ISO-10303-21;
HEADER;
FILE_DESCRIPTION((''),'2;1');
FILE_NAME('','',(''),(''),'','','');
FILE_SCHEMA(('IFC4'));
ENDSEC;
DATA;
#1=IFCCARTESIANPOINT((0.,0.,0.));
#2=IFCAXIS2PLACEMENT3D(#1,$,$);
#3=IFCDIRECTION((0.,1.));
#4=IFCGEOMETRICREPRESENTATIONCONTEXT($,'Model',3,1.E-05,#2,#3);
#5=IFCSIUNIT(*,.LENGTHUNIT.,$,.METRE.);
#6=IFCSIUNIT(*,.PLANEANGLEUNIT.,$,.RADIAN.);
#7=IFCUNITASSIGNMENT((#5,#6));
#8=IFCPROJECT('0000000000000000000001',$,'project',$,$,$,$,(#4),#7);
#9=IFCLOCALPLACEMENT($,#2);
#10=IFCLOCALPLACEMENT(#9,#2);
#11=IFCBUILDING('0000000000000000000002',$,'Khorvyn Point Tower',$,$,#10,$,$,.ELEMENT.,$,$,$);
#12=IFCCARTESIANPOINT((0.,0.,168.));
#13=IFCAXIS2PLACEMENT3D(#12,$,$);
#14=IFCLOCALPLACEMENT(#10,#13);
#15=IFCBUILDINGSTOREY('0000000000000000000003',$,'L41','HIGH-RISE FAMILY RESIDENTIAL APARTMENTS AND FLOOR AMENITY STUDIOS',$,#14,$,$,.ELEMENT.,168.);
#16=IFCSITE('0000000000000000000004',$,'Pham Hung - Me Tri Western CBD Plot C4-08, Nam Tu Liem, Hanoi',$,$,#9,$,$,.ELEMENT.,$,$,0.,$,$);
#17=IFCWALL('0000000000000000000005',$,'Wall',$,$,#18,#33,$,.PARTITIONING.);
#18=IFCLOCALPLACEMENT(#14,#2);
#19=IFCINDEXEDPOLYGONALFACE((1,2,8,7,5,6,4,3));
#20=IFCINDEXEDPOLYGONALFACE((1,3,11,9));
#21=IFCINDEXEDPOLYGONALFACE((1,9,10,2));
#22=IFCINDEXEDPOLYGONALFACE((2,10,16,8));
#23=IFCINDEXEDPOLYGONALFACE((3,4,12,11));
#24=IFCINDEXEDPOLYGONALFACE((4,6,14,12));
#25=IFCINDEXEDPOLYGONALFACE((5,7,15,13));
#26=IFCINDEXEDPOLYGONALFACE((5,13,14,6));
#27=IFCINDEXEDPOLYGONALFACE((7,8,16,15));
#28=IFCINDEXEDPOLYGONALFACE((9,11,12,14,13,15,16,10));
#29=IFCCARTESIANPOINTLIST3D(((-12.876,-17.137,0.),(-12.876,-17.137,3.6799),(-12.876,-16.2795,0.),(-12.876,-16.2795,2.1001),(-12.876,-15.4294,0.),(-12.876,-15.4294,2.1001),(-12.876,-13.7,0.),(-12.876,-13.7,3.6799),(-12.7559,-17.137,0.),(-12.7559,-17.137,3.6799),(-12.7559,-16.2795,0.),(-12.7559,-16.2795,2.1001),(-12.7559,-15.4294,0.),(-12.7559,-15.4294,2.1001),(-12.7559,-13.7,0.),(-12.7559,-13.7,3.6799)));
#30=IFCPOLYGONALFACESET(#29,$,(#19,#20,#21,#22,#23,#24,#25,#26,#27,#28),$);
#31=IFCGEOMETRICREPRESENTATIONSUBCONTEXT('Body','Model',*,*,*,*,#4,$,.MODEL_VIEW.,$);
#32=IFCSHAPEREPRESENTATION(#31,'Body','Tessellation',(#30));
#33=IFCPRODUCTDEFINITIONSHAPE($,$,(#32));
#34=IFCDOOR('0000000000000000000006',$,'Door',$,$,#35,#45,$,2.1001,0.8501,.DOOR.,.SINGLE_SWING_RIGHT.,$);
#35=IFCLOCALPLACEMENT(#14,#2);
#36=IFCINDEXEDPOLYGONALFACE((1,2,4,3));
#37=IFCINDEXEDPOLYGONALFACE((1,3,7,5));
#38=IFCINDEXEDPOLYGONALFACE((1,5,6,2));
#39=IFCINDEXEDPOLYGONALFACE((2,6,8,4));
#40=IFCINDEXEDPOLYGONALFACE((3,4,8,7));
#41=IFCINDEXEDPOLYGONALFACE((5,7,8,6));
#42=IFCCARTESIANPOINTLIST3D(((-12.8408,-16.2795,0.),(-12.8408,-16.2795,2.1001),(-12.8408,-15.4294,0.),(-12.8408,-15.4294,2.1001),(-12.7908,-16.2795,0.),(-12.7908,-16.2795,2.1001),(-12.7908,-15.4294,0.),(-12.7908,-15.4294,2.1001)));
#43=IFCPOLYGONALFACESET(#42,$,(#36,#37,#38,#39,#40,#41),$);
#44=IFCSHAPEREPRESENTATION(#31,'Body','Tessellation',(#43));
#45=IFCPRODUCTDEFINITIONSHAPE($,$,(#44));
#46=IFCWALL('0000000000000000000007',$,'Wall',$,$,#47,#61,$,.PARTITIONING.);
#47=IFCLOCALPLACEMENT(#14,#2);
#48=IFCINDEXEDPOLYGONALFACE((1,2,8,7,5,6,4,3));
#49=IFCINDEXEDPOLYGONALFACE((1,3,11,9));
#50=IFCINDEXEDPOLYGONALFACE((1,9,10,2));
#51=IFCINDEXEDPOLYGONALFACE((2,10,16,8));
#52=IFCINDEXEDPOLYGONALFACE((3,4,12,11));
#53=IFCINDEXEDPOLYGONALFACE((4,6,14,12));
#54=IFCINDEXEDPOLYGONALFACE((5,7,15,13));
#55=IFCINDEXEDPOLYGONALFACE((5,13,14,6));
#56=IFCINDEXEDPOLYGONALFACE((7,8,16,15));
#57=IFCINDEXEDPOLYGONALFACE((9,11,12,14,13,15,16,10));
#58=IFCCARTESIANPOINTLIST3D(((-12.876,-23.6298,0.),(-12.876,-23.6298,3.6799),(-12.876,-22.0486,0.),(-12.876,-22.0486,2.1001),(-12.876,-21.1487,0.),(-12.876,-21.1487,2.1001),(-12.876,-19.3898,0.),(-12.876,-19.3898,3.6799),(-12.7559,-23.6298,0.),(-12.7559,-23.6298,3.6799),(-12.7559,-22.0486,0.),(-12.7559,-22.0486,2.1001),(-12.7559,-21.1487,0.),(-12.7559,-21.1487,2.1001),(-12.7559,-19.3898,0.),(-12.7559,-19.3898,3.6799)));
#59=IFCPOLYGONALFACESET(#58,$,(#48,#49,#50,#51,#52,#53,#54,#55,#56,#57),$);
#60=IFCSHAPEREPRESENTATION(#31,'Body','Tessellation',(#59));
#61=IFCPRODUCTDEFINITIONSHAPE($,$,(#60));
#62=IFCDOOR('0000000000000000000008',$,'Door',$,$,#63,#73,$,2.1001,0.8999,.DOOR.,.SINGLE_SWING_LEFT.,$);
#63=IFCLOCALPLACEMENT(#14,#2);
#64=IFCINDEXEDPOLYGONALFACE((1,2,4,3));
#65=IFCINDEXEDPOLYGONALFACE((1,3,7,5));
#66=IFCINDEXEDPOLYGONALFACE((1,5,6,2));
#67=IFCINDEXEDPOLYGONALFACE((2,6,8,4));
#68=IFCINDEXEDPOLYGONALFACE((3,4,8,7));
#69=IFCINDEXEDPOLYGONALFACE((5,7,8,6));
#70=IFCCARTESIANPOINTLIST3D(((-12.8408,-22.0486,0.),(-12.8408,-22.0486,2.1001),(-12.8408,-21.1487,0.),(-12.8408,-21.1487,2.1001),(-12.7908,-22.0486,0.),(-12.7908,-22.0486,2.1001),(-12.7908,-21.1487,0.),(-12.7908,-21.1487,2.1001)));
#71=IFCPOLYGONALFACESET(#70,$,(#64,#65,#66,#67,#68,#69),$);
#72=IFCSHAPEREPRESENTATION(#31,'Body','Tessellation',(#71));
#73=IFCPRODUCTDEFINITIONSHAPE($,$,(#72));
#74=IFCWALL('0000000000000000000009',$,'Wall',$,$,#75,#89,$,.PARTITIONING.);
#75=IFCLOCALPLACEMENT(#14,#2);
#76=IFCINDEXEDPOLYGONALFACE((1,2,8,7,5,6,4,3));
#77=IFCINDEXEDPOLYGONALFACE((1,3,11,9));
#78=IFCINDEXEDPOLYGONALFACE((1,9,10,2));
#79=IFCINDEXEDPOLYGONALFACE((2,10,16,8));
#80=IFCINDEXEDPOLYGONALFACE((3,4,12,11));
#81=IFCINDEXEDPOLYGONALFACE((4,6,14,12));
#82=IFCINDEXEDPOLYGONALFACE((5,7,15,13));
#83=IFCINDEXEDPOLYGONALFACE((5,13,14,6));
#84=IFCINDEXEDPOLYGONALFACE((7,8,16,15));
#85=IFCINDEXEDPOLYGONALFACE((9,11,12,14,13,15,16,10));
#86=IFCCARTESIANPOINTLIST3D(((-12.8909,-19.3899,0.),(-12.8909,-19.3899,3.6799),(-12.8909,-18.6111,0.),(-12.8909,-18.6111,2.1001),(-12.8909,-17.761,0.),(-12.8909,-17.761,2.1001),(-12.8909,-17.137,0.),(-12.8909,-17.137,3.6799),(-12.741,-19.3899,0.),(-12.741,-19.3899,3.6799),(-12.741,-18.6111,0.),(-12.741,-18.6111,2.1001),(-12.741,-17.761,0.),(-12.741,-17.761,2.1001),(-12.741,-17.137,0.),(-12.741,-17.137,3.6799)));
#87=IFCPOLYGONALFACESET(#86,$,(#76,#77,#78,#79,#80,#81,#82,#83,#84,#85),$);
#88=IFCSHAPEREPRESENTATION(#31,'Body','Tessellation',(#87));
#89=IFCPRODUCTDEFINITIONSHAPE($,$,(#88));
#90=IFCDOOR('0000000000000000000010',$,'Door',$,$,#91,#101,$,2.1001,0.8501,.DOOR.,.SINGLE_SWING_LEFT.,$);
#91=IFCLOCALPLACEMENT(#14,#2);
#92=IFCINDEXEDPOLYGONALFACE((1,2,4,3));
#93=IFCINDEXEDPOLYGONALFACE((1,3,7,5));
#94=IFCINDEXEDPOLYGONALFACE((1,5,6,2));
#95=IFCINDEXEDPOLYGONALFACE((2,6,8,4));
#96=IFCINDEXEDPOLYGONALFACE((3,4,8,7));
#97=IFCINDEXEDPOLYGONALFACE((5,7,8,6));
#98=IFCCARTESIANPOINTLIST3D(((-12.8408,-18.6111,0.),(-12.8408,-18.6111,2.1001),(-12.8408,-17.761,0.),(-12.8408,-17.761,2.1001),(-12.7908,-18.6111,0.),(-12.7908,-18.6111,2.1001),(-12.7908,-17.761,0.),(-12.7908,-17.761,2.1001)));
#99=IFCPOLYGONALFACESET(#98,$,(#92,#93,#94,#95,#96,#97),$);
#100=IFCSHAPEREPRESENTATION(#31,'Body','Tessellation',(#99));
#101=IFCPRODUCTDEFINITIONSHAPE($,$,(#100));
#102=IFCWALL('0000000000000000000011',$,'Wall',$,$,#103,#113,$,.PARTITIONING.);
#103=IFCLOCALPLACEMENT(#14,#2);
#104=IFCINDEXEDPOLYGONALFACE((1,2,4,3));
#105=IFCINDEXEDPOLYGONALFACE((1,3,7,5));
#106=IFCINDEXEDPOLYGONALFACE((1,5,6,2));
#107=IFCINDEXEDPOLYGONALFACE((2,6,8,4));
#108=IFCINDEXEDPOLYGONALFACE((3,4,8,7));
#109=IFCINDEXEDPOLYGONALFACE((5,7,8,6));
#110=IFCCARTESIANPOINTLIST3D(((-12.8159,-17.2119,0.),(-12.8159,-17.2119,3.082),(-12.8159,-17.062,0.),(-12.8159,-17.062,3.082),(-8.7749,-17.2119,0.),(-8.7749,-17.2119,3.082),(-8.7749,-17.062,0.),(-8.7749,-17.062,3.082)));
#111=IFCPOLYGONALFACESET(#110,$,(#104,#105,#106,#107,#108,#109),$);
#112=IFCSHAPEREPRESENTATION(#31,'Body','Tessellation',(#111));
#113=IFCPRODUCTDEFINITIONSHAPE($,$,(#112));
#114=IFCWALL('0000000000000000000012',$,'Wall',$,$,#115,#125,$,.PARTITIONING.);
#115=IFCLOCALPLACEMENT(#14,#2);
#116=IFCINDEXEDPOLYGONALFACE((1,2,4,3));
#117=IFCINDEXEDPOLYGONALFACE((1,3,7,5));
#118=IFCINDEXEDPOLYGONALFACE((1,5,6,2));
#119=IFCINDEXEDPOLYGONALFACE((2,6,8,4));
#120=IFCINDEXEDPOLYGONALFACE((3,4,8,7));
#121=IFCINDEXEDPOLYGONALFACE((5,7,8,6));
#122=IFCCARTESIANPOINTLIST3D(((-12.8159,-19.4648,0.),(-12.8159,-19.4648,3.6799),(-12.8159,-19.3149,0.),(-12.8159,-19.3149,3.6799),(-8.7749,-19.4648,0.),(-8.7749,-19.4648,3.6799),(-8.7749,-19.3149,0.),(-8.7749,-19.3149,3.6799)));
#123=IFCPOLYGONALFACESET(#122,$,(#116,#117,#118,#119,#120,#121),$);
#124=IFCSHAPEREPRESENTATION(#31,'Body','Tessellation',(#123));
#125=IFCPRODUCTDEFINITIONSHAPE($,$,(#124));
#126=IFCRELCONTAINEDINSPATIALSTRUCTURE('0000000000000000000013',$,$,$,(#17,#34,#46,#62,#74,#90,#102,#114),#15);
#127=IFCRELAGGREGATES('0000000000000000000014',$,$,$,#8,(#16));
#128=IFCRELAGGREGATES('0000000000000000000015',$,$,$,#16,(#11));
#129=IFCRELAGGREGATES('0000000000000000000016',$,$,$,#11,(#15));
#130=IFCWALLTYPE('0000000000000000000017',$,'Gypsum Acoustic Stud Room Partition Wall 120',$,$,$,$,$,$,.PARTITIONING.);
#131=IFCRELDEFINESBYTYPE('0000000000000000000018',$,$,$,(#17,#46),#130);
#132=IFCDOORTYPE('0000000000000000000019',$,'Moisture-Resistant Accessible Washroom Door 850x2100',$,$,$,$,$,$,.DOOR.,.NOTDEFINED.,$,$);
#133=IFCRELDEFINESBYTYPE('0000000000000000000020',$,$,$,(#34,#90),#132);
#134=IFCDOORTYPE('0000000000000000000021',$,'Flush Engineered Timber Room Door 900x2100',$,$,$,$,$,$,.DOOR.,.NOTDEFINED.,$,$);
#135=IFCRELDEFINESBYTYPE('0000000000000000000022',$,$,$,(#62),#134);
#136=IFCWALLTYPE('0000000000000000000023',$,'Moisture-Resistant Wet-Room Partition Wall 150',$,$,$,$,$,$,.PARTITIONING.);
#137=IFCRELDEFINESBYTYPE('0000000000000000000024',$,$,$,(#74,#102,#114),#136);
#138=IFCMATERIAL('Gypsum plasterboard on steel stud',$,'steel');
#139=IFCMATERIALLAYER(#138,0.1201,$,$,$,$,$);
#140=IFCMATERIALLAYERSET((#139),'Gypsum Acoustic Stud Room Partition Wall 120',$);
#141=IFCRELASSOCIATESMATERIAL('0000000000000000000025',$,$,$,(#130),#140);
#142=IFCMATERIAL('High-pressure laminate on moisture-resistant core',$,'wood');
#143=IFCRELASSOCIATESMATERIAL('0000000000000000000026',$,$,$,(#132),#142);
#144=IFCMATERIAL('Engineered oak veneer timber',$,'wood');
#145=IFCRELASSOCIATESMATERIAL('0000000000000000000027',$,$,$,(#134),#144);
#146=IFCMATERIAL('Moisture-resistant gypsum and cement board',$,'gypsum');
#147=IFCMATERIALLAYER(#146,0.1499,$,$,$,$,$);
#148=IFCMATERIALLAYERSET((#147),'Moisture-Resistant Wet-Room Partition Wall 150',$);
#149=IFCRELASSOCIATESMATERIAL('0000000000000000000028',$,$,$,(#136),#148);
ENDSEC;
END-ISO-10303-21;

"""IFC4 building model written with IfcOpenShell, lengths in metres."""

from ifc_helpers import new_model, si_unit, direction, frame, frame_2d, origin, place, context, subcontext, project, spatial, rectangle, extrude, material, layer, layer_set, type_object, element, fill, save


model = new_model("IFC4")

# Units and contexts
model_context = context("Model", 3, precision=1e-05, world=origin(), true_north=direction((0.0, 1.0)))
body_context = subcontext(model_context, "Body", "Model", "MODEL_VIEW")
ifc_project = project(units=[si_unit("LENGTHUNIT", "METRE"), si_unit("PLANEANGLEUNIT", "RADIAN")], contexts=[model_context])

# Site, building, storey
site_placement = place(None, origin())
site = spatial("IfcSite", under=ifc_project, at=site_placement, Name="Pham Hung - Me Tri Western CBD Plot C4-08, Nam Tu Liem, Hanoi", CompositionType="ELEMENT", RefElevation=0.0)
building_placement = place(site_placement, origin())
building = spatial("IfcBuilding", under=site, at=building_placement, Name="Khorvyn Point Tower", CompositionType="ELEMENT")
storey_placement = place(building_placement, frame((0.0, 0.0, 168.0)))
storey = spatial("IfcBuildingStorey", under=building, at=storey_placement, Name="L41", Description="HIGH-RISE FAMILY RESIDENTIAL APARTMENTS AND FLOOR AMENITY STUDIOS", CompositionType="ELEMENT", Elevation=168.0)

# Walls, openings, doors
ifc_material_1 = material(Name="Gypsum plasterboard on steel stud", Category="steel")
ifc_layer_1 = layer(ifc_material_1, 0.1201)
ifc_layer_set_1 = layer_set([ifc_layer_1], Name="Gypsum Acoustic Stud Room Partition Wall 120")
wall_type_1 = type_object("IfcWallType", Name="Gypsum Acoustic Stud Room Partition Wall 120", PredefinedType="PARTITIONING", material=ifc_layer_set_1)
wall_1_placement = place(storey_placement, frame((-12.8159, -17.137, 0.0), z_axis=(0.0, 0.0, 1.0), x_axis=(0.0, 1.0, 0.0)))
wall_1 = element("IfcWall", 1, at=wall_1_placement, inside=storey, type_object=wall_type_1, Name="Wall", PredefinedType="PARTITIONING", context=body_context, shape_type="SweptSolid", body=[
    extrude(rectangle(XDim=3.437, YDim=0.1201, at=frame_2d((1.7185, 0.0))), origin(), (0.0, 0.0, 1.0), 3.6799),
])
opening_1_placement = place(wall_1_placement, frame((0.8574, 0.0, 0.0)))
opening_1 = element("IfcOpeningElement", 2, at=opening_1_placement, cuts=wall_1, PredefinedType="OPENING", context=body_context, shape_type="SweptSolid", body=[
    extrude(rectangle(XDim=0.8501, YDim=2.1001, at=frame_2d((0.425, 1.05))), frame((0.0, 0.0701, 0.0), z_axis=(0.0, -1.0, 0.0), x_axis=(1.0, 0.0, 0.0)), (0.0, 0.0, 1.0), 0.1401),
])
ifc_material_2 = material(Name="High-pressure laminate on moisture-resistant core", Category="wood")
door_type_1 = type_object("IfcDoorType", Name="Moisture-Resistant Accessible Washroom Door 850x2100", OperationType="NOTDEFINED", PredefinedType="DOOR", material=ifc_material_2)
door_1_placement = place(opening_1_placement, origin())
door_1 = element("IfcDoor", 3, at=door_1_placement, inside=storey, type_object=door_type_1, Name="Door", OperationType="SINGLE_SWING_RIGHT", OverallHeight=2.1001, OverallWidth=0.8501, PredefinedType="DOOR", context=body_context, shape_type="SweptSolid", body=[
    extrude(rectangle(XDim=0.8501, YDim=2.1001, at=frame_2d((0.425, 1.05))), frame((0.0, 0.0249, 0.0), z_axis=(0.0, -1.0, 0.0), x_axis=(1.0, 0.0, 0.0)), (0.0, 0.0, 1.0), 0.05),
])
fill(opening_1, door_1)
wall_2_placement = place(storey_placement, frame((-12.8159, -23.6299, 0.0), z_axis=(0.0, 0.0, 1.0), x_axis=(0.0, 1.0, 0.0)))
wall_2 = element("IfcWall", 4, at=wall_2_placement, inside=storey, type_object=wall_type_1, Name="Wall", PredefinedType="PARTITIONING", context=body_context, shape_type="SweptSolid", body=[
    extrude(rectangle(XDim=4.24, YDim=0.1201, at=frame_2d((2.1201, 0.0))), origin(), (0.0, 0.0, 1.0), 3.6799),
])
opening_2_placement = place(wall_2_placement, frame((1.5813, 0.0, 0.0)))
opening_2 = element("IfcOpeningElement", 5, at=opening_2_placement, cuts=wall_2, PredefinedType="OPENING", context=body_context, shape_type="SweptSolid", body=[
    extrude(rectangle(XDim=0.8999, YDim=2.1001, at=frame_2d((0.45, 1.05))), frame((0.0, 0.0701, 0.0), z_axis=(0.0, -1.0, 0.0), x_axis=(1.0, 0.0, 0.0)), (0.0, 0.0, 1.0), 0.1401),
])
ifc_material_3 = material(Name="Engineered oak veneer timber", Category="wood")
door_type_2 = type_object("IfcDoorType", Name="Flush Engineered Timber Room Door 900x2100", OperationType="NOTDEFINED", PredefinedType="DOOR", material=ifc_material_3)
door_2_placement = place(opening_2_placement, origin())
door_2 = element("IfcDoor", 6, at=door_2_placement, inside=storey, type_object=door_type_2, Name="Door", OperationType="SINGLE_SWING_LEFT", OverallHeight=2.1001, OverallWidth=0.8999, PredefinedType="DOOR", context=body_context, shape_type="SweptSolid", body=[
    extrude(rectangle(XDim=0.8999, YDim=2.1001, at=frame_2d((0.45, 1.05))), frame((0.0, 0.0249, 0.0), z_axis=(0.0, -1.0, 0.0), x_axis=(1.0, 0.0, 0.0)), (0.0, 0.0, 1.0), 0.05),
])
fill(opening_2, door_2)
ifc_material_4 = material(Name="Moisture-resistant gypsum and cement board", Category="gypsum")
ifc_layer_2 = layer(ifc_material_4, 0.1499)
ifc_layer_set_2 = layer_set([ifc_layer_2], Name="Moisture-Resistant Wet-Room Partition Wall 150")
wall_type_2 = type_object("IfcWallType", Name="Moisture-Resistant Wet-Room Partition Wall 150", PredefinedType="PARTITIONING", material=ifc_layer_set_2)
wall_3_placement = place(storey_placement, frame((-12.8159, -19.3899, 0.0), z_axis=(0.0, 0.0, 1.0), x_axis=(0.0, 1.0, 0.0)))
wall_3 = element("IfcWall", 7, at=wall_3_placement, inside=storey, type_object=wall_type_2, Name="Wall", PredefinedType="PARTITIONING", context=body_context, shape_type="SweptSolid", body=[
    extrude(rectangle(XDim=2.2529, YDim=0.1499, at=frame_2d((1.1265, 0.0))), origin(), (0.0, 0.0, 1.0), 3.6799),
])
opening_3_placement = place(wall_3_placement, frame((0.7788, 0.0, 0.0)))
opening_3 = element("IfcOpeningElement", 8, at=opening_3_placement, cuts=wall_3, PredefinedType="OPENING", context=body_context, shape_type="SweptSolid", body=[
    extrude(rectangle(XDim=0.8501, YDim=2.1001, at=frame_2d((0.425, 1.05))), frame((0.0, 0.085, 0.0), z_axis=(0.0, -1.0, 0.0), x_axis=(1.0, 0.0, 0.0)), (0.0, 0.0, 1.0), 0.1699),
])
door_3_placement = place(opening_3_placement, origin())
door_3 = element("IfcDoor", 9, at=door_3_placement, inside=storey, type_object=door_type_1, Name="Door", OperationType="SINGLE_SWING_LEFT", OverallHeight=2.1001, OverallWidth=0.8501, PredefinedType="DOOR", context=body_context, shape_type="SweptSolid", body=[
    extrude(rectangle(XDim=0.8501, YDim=2.1001, at=frame_2d((0.425, 1.05))), frame((0.0, 0.0249, 0.0), z_axis=(0.0, -1.0, 0.0), x_axis=(1.0, 0.0, 0.0)), (0.0, 0.0, 1.0), 0.05),
])
fill(opening_3, door_3)

# Walls
wall_4_placement = place(storey_placement, frame((-12.8159, -17.137, 0.0), z_axis=(0.0, 0.0, 1.0), x_axis=(1.0, 0.0, 0.0)))
element("IfcWall", 10, at=wall_4_placement, inside=storey, type_object=wall_type_2, Name="Wall", PredefinedType="PARTITIONING", context=body_context, shape_type="SweptSolid", body=[
    extrude(rectangle(XDim=4.041, YDim=0.1499, at=frame_2d((2.0205, 0.0))), origin(), (0.0, 0.0, 1.0), 3.082),
])
wall_5_placement = place(storey_placement, frame((-12.8159, -19.3899, 0.0), z_axis=(0.0, 0.0, 1.0), x_axis=(1.0, 0.0, 0.0)))
element("IfcWall", 11, at=wall_5_placement, inside=storey, type_object=wall_type_2, Name="Wall", PredefinedType="PARTITIONING", context=body_context, shape_type="SweptSolid", body=[
    extrude(rectangle(XDim=4.041, YDim=0.1499, at=frame_2d((2.0205, 0.0))), origin(), (0.0, 0.0, 1.0), 3.6799),
])

save(model, "model.ifc")
